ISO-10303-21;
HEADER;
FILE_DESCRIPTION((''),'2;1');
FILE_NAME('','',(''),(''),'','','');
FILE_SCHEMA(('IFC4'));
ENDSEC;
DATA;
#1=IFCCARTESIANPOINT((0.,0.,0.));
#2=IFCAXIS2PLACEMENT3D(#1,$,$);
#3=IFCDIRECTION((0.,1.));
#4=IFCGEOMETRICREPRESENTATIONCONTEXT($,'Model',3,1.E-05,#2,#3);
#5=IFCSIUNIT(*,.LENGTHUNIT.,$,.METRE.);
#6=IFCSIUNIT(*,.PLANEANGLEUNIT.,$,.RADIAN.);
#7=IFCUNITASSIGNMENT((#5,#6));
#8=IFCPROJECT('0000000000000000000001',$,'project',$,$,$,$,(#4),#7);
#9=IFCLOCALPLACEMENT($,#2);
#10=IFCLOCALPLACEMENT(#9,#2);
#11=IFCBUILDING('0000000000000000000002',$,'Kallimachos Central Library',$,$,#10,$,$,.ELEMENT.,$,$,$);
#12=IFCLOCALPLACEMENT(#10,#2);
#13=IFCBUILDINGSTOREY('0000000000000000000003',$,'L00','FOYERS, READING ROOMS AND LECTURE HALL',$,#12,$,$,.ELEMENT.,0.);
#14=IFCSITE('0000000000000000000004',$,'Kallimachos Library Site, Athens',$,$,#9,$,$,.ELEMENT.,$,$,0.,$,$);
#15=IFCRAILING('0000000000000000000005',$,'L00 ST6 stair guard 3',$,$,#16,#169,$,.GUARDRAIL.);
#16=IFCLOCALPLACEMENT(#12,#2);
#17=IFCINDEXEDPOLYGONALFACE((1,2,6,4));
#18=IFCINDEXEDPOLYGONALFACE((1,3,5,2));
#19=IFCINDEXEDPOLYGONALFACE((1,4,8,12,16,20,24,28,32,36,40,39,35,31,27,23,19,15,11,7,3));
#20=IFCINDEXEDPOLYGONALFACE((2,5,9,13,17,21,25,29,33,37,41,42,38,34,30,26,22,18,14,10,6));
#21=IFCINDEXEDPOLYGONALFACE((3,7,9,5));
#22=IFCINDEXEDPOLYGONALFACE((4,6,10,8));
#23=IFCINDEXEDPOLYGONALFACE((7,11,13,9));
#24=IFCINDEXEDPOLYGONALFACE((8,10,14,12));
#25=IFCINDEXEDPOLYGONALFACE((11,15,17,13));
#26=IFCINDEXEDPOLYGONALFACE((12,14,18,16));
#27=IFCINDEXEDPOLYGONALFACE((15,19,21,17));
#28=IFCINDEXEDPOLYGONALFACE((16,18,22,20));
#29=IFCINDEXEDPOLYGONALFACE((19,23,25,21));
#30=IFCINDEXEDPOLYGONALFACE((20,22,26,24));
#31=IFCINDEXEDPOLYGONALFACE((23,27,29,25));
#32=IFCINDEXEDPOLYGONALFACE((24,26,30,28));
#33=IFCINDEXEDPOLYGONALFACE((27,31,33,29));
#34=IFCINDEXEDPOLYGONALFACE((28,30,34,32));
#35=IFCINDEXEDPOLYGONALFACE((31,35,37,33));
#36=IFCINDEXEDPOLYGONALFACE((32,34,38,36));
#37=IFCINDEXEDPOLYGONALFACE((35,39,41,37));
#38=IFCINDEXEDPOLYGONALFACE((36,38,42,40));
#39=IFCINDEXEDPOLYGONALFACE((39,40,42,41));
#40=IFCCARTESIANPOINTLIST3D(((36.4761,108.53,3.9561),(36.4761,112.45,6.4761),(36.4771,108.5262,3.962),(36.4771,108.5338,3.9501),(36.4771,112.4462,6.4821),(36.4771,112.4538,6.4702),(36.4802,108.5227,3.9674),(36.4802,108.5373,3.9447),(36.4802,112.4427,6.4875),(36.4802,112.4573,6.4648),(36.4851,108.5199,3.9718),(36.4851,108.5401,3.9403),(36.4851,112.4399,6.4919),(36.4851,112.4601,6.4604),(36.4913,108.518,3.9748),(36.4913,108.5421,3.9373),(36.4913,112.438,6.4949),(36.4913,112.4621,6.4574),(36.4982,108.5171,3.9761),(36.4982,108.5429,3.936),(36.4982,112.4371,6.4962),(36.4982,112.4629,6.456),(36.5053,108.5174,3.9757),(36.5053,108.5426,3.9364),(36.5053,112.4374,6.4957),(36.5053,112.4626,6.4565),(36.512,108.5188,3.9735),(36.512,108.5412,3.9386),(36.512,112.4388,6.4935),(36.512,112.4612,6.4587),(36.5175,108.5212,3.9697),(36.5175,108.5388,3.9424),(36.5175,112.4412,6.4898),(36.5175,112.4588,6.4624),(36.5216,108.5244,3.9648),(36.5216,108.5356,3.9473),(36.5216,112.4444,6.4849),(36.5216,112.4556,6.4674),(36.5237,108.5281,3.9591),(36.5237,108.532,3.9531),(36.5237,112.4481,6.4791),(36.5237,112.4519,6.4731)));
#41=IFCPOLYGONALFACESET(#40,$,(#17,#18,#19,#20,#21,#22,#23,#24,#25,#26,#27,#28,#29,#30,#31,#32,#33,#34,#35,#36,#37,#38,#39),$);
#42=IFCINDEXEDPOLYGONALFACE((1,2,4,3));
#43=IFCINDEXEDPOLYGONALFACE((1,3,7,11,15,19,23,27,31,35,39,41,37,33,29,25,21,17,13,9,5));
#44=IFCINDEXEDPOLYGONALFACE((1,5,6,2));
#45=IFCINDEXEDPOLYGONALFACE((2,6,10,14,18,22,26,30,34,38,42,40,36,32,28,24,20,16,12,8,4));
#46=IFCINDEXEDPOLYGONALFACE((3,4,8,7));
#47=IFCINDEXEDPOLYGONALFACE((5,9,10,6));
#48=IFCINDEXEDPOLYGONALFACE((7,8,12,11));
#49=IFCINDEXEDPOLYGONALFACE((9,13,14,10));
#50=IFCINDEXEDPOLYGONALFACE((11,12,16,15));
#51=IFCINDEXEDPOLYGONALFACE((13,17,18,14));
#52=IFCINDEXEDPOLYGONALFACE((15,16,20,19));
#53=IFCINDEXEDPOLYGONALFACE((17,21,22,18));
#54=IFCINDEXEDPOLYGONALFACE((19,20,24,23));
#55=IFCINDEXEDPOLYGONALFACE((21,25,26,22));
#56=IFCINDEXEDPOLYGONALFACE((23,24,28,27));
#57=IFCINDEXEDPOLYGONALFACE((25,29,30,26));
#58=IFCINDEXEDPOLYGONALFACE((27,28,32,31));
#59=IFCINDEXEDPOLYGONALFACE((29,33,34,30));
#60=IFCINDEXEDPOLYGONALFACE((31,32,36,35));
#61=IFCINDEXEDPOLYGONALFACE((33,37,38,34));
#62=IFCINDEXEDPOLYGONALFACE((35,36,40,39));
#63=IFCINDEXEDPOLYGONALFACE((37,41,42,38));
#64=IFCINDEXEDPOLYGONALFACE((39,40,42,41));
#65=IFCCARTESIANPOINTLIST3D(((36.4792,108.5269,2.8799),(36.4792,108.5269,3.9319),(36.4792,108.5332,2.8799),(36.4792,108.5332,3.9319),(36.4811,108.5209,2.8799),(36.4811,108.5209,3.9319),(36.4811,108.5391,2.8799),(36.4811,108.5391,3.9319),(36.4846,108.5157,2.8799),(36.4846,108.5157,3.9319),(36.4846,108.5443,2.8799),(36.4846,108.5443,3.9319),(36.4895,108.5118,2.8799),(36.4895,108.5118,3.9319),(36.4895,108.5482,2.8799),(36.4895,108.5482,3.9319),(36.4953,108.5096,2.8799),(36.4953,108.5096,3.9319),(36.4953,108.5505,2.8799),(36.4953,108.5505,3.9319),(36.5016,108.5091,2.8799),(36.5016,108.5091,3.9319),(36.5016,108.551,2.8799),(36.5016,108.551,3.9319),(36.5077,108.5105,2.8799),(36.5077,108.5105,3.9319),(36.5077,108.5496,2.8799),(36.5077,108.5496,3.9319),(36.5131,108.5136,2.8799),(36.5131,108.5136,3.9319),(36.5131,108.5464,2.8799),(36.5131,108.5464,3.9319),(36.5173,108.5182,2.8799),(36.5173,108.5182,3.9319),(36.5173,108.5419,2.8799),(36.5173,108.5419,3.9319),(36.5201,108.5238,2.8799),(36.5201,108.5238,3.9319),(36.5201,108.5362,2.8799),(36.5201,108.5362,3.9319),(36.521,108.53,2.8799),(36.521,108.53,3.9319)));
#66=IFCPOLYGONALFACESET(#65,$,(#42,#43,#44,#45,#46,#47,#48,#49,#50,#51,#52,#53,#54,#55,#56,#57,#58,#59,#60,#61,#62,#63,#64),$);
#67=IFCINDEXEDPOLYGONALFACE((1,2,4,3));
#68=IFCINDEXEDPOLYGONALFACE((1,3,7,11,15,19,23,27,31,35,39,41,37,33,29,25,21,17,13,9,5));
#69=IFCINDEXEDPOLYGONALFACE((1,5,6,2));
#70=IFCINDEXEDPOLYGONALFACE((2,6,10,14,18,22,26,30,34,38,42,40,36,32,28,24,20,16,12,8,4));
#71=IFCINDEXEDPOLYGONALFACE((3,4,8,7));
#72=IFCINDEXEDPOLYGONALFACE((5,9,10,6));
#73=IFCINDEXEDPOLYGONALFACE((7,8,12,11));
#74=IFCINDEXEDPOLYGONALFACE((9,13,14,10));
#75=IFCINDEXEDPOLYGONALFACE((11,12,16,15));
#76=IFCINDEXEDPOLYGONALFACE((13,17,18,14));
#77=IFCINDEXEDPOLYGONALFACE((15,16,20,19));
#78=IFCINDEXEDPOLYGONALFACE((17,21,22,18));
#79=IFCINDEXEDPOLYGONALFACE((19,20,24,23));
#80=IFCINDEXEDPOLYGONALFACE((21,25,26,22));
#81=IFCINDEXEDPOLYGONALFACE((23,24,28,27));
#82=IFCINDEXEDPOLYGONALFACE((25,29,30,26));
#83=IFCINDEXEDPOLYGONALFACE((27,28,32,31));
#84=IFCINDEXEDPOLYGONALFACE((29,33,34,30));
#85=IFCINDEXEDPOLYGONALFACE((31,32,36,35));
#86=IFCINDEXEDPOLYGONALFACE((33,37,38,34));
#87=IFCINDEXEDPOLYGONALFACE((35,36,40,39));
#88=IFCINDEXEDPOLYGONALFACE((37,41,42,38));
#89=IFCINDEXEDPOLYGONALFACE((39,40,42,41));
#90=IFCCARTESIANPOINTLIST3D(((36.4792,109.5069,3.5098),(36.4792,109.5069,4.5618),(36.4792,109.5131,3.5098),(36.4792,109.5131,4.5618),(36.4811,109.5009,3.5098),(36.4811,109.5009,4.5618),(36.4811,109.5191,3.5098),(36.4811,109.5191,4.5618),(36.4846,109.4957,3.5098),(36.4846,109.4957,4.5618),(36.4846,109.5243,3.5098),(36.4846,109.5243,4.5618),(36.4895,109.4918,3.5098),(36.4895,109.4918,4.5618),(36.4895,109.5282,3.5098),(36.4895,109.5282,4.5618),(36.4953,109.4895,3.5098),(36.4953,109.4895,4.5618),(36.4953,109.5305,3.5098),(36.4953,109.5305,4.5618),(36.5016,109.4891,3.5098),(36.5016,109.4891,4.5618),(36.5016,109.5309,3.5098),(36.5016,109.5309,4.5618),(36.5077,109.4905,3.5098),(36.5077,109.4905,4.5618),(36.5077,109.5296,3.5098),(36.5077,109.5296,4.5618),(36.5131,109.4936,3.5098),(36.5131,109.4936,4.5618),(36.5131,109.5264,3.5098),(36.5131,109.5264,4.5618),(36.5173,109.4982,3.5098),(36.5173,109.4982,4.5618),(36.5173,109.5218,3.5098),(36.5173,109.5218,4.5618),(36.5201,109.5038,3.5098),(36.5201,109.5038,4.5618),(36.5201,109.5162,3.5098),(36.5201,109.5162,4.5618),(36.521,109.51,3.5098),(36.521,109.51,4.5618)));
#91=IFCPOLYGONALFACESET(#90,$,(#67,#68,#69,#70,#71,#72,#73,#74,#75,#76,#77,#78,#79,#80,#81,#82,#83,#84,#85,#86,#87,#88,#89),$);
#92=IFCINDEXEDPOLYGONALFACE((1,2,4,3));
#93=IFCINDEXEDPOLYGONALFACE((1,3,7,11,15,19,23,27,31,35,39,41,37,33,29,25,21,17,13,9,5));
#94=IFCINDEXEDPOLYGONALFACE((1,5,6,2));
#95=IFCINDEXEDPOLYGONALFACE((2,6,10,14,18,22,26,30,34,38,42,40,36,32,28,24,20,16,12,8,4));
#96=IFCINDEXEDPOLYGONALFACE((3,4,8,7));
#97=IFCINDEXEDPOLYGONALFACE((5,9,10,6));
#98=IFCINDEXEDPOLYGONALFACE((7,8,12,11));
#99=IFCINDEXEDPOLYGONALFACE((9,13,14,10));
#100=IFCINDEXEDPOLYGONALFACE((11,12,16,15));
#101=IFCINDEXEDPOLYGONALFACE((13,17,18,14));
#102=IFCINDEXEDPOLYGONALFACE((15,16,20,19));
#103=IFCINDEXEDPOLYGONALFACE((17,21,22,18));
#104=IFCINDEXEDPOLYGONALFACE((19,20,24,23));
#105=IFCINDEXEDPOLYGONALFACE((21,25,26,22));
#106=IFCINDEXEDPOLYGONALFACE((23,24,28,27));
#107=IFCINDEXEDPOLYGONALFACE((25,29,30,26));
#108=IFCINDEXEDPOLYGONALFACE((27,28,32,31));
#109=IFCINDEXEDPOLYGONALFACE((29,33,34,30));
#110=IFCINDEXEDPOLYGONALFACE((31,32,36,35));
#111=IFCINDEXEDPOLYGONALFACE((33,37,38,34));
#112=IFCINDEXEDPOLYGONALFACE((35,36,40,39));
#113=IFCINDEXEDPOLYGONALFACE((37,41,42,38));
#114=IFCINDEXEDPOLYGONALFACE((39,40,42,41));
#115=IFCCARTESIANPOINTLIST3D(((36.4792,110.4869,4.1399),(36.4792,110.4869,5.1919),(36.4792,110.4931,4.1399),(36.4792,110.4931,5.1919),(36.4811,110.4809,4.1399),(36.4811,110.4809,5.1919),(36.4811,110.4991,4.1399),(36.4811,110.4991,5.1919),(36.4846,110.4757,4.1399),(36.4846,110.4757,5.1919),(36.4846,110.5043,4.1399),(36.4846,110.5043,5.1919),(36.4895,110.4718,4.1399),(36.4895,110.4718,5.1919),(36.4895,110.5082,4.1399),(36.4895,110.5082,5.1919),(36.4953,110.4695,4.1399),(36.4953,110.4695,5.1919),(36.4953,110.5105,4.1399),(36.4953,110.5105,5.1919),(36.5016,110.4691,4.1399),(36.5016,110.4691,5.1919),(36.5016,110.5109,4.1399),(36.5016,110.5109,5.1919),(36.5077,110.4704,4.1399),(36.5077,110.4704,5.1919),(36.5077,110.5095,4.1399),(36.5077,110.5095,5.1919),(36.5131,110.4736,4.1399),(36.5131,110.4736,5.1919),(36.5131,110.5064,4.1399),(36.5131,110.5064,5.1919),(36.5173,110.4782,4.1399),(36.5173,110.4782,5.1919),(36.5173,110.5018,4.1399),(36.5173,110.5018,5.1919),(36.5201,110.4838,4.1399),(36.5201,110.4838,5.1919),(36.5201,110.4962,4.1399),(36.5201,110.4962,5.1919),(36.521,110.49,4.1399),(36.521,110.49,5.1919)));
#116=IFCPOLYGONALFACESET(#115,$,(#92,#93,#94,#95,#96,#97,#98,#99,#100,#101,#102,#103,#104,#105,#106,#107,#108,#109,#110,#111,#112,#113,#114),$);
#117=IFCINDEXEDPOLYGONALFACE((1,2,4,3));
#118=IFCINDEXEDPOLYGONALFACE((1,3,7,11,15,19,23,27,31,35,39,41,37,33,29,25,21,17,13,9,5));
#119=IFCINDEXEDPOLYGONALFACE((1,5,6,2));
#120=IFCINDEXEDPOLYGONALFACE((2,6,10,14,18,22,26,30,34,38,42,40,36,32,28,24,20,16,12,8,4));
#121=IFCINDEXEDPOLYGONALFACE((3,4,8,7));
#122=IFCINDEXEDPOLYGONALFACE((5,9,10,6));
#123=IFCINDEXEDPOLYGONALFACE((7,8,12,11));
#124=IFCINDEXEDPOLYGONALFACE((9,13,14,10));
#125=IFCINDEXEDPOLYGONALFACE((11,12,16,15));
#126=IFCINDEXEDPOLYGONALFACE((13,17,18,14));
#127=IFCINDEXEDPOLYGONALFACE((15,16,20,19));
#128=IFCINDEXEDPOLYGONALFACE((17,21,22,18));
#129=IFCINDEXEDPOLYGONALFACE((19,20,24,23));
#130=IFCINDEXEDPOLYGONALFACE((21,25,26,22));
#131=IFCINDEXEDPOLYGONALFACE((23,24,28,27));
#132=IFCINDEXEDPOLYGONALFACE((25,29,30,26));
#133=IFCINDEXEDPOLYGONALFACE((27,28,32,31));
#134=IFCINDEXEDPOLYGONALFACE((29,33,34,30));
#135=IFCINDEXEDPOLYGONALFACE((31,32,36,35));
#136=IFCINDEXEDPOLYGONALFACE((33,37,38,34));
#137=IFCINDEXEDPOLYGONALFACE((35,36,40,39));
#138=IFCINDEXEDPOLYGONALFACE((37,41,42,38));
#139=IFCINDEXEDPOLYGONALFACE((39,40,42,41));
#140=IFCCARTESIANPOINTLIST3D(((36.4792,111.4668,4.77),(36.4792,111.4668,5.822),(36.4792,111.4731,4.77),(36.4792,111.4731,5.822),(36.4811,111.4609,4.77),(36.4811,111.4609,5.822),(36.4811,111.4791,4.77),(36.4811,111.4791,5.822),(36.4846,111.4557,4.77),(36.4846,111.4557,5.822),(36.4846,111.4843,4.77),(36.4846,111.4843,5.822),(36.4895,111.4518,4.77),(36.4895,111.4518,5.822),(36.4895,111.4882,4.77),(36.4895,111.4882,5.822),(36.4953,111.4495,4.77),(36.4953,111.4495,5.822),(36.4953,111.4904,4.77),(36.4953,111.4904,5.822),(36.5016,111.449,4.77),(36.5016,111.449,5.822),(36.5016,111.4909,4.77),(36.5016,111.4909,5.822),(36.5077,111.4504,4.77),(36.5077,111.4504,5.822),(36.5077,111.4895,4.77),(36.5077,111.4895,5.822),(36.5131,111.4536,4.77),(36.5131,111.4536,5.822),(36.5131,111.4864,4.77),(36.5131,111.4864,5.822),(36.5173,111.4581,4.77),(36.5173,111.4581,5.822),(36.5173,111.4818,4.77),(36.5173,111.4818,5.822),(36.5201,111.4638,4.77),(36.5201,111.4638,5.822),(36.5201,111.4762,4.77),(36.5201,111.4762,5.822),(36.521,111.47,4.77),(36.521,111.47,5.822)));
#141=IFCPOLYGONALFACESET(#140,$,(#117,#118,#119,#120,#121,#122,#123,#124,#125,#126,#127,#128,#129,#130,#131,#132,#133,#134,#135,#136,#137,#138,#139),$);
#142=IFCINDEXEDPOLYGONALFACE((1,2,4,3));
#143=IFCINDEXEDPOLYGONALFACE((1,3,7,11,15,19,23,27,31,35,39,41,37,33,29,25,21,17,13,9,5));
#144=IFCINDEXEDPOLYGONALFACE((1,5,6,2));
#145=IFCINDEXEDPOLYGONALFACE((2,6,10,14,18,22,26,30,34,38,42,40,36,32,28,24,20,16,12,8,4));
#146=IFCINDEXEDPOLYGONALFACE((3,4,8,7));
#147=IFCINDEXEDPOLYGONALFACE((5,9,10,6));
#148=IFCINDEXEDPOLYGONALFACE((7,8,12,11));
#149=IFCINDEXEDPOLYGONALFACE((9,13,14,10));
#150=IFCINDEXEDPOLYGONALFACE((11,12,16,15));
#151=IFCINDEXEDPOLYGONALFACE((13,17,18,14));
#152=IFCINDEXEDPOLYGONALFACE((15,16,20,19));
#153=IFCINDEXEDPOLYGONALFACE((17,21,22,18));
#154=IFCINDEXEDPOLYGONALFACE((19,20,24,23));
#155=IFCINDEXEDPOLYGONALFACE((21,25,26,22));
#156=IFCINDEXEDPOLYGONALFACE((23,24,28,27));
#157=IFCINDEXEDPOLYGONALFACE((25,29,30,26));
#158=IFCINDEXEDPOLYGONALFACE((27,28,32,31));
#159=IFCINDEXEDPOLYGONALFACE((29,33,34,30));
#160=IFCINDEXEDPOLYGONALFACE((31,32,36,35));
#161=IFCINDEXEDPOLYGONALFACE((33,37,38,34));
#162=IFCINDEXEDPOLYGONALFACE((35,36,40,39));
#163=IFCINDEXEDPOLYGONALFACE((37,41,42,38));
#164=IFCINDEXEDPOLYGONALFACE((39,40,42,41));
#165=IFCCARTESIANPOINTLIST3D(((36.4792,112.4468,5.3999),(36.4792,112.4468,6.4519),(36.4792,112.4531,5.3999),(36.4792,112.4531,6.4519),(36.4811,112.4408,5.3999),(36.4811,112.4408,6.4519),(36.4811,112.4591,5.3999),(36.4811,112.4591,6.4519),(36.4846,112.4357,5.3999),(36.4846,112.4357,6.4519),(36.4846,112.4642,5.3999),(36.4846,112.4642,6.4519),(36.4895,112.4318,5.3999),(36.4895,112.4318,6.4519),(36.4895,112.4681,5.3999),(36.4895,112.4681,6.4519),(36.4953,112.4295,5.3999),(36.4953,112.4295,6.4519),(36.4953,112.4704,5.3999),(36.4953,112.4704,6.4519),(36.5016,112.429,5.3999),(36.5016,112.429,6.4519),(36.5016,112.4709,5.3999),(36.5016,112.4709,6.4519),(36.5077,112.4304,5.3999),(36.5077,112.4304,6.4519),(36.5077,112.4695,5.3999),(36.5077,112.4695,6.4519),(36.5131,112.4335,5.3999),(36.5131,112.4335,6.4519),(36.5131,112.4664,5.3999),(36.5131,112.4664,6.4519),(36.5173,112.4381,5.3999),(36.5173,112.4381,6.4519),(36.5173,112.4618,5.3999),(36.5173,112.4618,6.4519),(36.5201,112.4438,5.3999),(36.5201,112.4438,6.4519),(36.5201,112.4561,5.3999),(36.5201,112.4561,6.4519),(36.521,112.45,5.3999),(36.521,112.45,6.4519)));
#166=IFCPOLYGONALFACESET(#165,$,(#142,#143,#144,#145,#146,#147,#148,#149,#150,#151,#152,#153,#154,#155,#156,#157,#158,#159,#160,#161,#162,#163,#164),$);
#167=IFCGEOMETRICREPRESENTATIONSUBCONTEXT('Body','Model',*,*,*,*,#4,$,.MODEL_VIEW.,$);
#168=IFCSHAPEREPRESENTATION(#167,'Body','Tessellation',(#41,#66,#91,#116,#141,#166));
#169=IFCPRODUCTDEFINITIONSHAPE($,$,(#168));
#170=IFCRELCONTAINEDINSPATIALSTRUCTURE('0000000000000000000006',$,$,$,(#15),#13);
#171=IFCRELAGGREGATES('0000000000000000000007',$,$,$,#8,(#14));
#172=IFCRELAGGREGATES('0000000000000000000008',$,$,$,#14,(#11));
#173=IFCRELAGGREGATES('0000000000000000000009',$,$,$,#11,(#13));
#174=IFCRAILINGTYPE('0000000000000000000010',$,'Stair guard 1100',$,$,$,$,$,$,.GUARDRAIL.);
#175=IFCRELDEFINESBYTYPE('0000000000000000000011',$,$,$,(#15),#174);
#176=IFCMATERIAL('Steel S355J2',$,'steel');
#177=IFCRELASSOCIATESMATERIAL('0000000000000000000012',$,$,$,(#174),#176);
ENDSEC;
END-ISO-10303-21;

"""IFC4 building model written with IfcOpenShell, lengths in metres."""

from ifc_helpers import new_model, si_unit, direction, frame, origin, origin_2d, place, context, subcontext, project, spatial, circle, extrude, material, type_object, element, save


model = new_model("IFC4")

# Units and contexts
model_context = context("Model", 3, precision=1e-05, world=origin(), true_north=direction((0.0, 1.0)))
body_context = subcontext(model_context, "Body", "Model", "MODEL_VIEW")
ifc_project = project(units=[si_unit("LENGTHUNIT", "METRE"), si_unit("PLANEANGLEUNIT", "RADIAN")], contexts=[model_context])

# Site, building, storey
site_placement = place(None, origin())
site = spatial("IfcSite", under=ifc_project, at=site_placement, Name="Kallimachos Library Site, Athens", CompositionType="ELEMENT", RefElevation=0.0)
building_placement = place(site_placement, origin())
building = spatial("IfcBuilding", under=site, at=building_placement, Name="Kallimachos Central Library", CompositionType="ELEMENT")
storey_placement = place(building_placement, origin())
storey = spatial("IfcBuildingStorey", under=building, at=storey_placement, Name="L00", Description="FOYERS, READING ROOMS AND LECTURE HALL", CompositionType="ELEMENT", Elevation=0.0)

# Railing
ifc_material_1 = material(Name="Steel S355J2", Category="steel")
railing_type_1 = type_object("IfcRailingType", Name="Stair guard 1100", PredefinedType="GUARDRAIL", material=ifc_material_1)
railing_1_placement = place(storey_placement, frame((36.5, 108.53, 2.8799)))
element("IfcRailing", 1, at=railing_1_placement, inside=storey, type_object=railing_type_1, Name="L00 ST6 stair guard 3", PredefinedType="GUARDRAIL", context=body_context, shape_type="SweptSolid", body=[
    extrude(circle(Radius=0.0239, at=origin_2d()), frame((0.0, 0.0, 1.0762), z_axis=(0.0, 0.841172, 0.540768), x_axis=(-1.0, 0.0, 0.0)), (0.0, 0.0, 1.0), 4.6602),
    extrude(circle(Radius=0.021, at=origin_2d()), origin(), (0.0, 0.0, 1.0), 1.052),
    extrude(circle(Radius=0.021, at=origin_2d()), frame((0.0, 0.98, 0.6299)), (0.0, 0.0, 1.0), 1.052),
    extrude(circle(Radius=0.021, at=origin_2d()), frame((0.0, 1.96, 1.26)), (0.0, 0.0, 1.0), 1.052),
    extrude(circle(Radius=0.021, at=origin_2d()), frame((0.0, 2.9399, 1.8901)), (0.0, 0.0, 1.0), 1.052),
    extrude(circle(Radius=0.021, at=origin_2d()), frame((0.0, 3.9199, 2.52)), (0.0, 0.0, 1.0), 1.052),
])

save(model, "model.ifc")
